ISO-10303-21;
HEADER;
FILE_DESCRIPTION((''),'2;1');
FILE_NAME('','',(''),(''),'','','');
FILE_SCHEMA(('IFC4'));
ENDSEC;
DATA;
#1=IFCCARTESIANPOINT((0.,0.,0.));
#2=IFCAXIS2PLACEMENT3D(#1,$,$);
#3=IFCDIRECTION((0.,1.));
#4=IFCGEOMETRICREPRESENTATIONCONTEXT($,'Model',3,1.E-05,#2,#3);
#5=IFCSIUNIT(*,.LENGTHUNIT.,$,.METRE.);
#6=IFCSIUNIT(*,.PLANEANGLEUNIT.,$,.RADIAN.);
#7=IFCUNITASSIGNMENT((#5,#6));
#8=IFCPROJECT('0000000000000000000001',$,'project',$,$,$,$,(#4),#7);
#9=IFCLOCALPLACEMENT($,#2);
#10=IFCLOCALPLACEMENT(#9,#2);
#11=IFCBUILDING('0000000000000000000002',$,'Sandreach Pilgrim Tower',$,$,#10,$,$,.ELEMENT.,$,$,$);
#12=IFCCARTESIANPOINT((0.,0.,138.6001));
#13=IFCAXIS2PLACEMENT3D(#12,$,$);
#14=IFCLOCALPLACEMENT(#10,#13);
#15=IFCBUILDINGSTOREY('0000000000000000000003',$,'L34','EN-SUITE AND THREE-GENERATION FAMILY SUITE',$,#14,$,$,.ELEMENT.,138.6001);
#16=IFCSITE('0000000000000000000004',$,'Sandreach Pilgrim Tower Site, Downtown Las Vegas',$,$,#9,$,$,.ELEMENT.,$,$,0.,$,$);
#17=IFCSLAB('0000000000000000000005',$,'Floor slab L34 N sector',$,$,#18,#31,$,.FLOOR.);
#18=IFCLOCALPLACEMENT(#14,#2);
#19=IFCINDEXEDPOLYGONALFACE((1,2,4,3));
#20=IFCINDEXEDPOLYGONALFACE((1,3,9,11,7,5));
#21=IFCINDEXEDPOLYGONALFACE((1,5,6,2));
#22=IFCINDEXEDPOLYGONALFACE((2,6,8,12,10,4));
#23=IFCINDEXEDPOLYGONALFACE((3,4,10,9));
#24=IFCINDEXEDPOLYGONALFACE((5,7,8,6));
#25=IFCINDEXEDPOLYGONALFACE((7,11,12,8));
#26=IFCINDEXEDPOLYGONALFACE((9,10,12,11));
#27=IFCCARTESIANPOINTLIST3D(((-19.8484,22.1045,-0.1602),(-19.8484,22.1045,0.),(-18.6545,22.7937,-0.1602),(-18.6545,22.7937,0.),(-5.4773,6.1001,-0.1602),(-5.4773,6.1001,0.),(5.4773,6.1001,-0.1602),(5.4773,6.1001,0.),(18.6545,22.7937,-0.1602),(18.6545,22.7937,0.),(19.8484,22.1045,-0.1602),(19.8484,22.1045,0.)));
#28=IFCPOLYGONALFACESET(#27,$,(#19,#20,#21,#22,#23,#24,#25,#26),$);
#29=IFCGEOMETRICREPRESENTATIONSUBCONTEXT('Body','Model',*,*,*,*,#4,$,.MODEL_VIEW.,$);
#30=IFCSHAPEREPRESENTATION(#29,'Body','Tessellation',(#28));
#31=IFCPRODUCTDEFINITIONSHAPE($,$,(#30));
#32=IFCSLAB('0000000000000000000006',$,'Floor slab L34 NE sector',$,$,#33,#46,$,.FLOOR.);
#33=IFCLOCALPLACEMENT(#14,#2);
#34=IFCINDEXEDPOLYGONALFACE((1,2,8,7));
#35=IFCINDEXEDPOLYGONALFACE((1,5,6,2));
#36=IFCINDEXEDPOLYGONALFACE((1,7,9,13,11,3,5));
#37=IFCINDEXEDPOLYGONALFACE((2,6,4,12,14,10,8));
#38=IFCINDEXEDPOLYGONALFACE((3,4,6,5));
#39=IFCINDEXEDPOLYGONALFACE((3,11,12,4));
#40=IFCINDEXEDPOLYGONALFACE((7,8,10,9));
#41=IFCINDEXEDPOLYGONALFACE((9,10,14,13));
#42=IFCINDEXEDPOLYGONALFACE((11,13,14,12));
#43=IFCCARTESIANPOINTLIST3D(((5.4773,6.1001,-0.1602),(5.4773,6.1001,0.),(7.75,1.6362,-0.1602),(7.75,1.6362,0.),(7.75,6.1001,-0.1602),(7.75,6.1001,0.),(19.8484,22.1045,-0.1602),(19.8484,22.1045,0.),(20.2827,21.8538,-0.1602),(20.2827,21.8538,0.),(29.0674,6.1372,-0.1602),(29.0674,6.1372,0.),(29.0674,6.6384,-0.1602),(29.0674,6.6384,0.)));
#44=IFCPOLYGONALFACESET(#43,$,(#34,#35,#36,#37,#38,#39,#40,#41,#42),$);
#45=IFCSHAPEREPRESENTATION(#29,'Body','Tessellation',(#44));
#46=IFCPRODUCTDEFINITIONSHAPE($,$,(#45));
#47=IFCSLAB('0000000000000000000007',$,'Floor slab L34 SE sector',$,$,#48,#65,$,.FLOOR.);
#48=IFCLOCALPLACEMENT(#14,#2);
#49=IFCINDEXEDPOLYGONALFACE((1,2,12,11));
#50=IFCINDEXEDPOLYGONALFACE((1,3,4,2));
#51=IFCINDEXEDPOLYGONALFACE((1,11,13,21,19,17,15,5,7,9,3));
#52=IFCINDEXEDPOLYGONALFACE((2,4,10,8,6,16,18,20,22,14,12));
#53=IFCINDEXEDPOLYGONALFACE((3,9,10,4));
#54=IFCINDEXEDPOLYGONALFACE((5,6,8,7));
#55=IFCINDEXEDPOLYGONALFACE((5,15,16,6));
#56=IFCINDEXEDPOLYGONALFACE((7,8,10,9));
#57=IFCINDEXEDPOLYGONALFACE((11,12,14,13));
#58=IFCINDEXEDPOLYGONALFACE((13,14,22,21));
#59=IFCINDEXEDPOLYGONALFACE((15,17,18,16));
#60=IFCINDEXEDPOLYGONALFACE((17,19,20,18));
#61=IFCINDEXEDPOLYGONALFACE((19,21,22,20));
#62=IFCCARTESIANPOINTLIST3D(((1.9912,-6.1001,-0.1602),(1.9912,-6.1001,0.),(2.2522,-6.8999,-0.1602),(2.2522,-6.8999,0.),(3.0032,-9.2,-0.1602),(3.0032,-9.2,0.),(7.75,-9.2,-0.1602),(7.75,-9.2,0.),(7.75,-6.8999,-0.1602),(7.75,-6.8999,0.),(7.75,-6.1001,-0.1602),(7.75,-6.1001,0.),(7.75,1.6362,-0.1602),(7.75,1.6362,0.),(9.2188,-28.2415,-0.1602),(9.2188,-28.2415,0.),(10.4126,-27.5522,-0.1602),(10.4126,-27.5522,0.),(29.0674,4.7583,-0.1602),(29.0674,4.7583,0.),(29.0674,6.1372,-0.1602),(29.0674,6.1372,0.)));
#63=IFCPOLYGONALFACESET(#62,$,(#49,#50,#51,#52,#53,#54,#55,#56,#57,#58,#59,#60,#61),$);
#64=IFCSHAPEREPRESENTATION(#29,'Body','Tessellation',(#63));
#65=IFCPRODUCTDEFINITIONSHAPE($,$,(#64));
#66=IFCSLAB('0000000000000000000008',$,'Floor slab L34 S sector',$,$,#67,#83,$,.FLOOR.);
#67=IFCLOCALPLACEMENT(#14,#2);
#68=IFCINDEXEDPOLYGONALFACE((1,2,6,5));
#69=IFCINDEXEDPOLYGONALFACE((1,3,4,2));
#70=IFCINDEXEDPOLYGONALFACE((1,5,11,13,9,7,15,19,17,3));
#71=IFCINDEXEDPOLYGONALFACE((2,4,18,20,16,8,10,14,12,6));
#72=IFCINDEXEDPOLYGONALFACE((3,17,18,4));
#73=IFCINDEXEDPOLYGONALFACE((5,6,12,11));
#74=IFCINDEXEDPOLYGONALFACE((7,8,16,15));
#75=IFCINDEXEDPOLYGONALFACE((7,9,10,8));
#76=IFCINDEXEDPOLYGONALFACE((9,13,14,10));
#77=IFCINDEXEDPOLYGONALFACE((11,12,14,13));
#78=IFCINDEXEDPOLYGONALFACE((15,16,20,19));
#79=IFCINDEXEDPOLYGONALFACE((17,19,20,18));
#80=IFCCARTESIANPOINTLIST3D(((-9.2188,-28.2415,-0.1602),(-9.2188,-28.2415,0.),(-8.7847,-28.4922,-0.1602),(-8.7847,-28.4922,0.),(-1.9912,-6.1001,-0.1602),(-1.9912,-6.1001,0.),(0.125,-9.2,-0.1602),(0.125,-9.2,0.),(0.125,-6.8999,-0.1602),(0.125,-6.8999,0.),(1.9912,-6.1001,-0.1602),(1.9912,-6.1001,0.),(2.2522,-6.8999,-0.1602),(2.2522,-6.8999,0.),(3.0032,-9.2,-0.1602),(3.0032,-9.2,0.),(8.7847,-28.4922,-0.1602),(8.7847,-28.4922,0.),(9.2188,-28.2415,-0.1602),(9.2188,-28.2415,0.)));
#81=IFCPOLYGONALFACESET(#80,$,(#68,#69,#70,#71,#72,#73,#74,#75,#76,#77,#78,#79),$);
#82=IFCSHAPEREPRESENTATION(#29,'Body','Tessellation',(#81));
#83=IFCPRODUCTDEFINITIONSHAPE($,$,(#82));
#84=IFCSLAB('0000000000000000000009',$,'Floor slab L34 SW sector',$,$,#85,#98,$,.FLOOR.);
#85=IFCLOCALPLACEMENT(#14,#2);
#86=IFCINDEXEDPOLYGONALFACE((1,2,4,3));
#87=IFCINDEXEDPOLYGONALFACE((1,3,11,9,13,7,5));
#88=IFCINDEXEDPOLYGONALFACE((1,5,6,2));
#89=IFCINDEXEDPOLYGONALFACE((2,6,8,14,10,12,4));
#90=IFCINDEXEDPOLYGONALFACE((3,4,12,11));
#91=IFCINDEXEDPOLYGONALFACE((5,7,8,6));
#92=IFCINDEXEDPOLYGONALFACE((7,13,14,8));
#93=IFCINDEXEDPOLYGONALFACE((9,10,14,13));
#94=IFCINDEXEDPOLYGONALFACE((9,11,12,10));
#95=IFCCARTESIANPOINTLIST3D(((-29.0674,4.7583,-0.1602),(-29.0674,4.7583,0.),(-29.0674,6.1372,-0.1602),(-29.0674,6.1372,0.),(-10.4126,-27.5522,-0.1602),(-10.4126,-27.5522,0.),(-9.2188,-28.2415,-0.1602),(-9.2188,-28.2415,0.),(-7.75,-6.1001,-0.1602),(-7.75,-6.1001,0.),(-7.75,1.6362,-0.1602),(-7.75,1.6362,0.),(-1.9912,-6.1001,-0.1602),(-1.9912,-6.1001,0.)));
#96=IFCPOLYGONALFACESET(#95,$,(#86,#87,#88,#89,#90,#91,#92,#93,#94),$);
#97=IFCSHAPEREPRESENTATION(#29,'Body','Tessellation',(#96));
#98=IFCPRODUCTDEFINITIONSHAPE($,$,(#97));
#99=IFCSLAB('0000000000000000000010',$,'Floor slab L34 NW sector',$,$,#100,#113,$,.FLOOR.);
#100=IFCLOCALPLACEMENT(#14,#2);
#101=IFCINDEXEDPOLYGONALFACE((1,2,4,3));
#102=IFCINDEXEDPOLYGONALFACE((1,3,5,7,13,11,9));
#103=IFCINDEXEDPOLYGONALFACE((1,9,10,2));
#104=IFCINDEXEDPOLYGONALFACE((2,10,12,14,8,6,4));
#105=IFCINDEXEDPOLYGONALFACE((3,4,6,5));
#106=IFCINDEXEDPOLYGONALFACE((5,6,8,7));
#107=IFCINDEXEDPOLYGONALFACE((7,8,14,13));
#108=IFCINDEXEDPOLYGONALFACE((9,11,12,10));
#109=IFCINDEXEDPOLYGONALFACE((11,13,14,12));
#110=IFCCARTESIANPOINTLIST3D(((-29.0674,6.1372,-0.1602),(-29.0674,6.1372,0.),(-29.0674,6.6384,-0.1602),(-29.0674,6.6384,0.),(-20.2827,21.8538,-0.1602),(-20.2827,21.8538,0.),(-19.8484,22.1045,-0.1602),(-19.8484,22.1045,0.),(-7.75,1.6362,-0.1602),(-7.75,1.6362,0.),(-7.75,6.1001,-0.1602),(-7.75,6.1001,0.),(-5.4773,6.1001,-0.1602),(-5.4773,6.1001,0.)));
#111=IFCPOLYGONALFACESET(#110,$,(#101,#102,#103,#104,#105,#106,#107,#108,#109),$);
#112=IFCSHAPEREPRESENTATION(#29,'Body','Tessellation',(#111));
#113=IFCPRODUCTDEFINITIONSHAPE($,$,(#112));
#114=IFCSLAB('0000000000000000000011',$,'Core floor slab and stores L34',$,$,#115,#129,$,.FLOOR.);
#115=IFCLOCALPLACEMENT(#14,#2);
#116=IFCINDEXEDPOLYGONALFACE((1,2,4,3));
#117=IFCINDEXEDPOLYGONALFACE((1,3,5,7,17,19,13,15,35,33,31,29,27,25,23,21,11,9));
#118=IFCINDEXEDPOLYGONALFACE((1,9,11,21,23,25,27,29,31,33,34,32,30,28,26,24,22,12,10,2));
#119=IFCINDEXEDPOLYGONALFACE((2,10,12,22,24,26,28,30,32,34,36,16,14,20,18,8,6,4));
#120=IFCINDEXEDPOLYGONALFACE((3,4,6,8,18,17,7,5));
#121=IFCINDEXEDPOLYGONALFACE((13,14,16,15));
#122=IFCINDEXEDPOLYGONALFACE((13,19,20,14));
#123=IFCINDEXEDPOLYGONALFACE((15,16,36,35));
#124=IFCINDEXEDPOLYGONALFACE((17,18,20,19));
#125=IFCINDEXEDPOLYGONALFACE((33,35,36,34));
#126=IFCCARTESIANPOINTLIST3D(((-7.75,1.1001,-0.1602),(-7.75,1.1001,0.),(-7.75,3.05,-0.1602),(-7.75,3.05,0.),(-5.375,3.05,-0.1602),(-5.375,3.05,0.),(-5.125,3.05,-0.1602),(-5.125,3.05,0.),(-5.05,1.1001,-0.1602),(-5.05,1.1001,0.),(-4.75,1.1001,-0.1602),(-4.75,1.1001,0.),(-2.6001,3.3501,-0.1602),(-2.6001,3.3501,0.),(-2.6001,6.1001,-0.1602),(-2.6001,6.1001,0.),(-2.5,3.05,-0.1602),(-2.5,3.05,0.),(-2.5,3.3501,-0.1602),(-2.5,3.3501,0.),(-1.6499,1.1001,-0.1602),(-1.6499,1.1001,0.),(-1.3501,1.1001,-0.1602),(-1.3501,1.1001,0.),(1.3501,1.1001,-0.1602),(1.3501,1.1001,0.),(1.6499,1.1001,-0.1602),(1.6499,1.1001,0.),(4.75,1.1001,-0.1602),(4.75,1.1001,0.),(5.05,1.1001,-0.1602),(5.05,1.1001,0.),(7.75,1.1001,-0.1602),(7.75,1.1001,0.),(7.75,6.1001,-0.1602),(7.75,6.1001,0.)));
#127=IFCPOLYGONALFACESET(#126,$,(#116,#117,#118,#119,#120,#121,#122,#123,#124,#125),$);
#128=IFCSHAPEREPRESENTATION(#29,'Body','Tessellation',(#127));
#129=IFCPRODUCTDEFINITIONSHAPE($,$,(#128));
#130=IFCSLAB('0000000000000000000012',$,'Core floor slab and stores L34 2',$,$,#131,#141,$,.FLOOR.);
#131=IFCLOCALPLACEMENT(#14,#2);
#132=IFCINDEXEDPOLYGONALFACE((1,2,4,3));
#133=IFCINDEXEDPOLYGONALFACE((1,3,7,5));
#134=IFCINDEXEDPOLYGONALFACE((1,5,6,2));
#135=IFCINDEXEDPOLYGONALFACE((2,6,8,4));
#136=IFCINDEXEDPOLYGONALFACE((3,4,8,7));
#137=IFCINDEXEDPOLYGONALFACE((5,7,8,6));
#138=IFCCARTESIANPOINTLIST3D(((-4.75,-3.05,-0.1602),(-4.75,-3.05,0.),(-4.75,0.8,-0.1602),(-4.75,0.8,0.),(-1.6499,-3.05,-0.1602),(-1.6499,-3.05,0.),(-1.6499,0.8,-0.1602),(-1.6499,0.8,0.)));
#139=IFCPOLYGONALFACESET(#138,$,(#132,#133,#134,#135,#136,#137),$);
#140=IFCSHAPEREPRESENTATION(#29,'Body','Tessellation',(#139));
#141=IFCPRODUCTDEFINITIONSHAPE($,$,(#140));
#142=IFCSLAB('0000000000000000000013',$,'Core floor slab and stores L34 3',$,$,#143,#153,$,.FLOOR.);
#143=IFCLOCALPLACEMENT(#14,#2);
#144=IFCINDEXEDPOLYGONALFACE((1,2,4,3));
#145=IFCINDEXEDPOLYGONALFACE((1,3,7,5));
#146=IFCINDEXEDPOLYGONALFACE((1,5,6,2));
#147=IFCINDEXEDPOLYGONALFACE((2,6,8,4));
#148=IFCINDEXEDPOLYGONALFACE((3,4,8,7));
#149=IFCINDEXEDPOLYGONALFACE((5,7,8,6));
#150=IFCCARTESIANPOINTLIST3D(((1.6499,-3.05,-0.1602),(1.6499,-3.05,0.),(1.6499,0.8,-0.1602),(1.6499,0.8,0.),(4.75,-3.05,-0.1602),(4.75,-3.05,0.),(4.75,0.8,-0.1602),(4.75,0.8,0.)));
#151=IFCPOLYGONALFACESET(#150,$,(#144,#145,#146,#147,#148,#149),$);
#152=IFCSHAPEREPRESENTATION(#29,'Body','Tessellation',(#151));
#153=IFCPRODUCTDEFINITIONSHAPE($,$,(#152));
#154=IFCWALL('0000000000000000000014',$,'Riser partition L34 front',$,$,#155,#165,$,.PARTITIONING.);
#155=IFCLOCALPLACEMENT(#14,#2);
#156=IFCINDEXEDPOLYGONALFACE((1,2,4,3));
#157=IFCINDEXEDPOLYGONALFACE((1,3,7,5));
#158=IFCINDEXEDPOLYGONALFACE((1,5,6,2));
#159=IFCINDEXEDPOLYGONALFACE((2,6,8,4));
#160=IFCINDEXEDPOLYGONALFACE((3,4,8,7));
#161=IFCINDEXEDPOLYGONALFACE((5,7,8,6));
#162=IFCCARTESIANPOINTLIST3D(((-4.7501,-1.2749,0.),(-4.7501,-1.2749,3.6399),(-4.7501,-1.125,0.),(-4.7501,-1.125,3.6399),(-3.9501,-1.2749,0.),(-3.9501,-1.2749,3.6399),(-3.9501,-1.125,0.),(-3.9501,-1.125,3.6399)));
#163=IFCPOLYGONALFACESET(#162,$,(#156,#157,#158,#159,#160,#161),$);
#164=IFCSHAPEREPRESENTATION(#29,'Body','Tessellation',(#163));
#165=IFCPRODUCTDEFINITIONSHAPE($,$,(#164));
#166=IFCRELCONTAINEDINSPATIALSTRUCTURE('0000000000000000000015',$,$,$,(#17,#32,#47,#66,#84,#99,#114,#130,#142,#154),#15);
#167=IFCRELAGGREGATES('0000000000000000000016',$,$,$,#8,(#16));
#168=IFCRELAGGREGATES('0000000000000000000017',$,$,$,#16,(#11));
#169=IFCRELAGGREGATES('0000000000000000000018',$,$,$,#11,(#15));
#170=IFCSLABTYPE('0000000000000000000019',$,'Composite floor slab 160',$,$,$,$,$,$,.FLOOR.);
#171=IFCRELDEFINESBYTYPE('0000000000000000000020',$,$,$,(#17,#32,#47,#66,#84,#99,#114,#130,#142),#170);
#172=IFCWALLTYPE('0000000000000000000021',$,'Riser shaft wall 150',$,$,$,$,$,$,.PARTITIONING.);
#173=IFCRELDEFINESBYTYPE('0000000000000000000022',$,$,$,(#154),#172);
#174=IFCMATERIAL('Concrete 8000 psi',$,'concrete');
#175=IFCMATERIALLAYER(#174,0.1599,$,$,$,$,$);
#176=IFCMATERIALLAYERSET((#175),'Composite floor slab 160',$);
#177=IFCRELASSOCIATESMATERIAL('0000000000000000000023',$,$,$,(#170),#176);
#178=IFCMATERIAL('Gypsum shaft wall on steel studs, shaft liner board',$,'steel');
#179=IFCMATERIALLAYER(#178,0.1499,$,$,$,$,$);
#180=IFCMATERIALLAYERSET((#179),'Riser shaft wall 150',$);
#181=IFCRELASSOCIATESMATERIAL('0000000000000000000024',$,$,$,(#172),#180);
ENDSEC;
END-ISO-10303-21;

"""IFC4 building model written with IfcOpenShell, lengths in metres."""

from ifc_helpers import new_model, si_unit, direction, frame, frame_2d, origin, place, context, subcontext, project, spatial, polyline, rectangle, outline, extrude, material, layer, layer_set, type_object, element, save


model = new_model("IFC4")

# Units and contexts
model_context = context("Model", 3, precision=1e-05, world=origin(), true_north=direction((0.0, 1.0)))
body_context = subcontext(model_context, "Body", "Model", "MODEL_VIEW")
ifc_project = project(units=[si_unit("LENGTHUNIT", "METRE"), si_unit("PLANEANGLEUNIT", "RADIAN")], contexts=[model_context])

# Site, building, storey
site_placement = place(None, origin())
site = spatial("IfcSite", under=ifc_project, at=site_placement, Name="Sandreach Pilgrim Tower Site, Downtown Las Vegas", CompositionType="ELEMENT", RefElevation=0.0)
building_placement = place(site_placement, origin())
building = spatial("IfcBuilding", under=site, at=building_placement, Name="Sandreach Pilgrim Tower", CompositionType="ELEMENT")
storey_placement = place(building_placement, frame((0.0, 0.0, 138.6001)))
storey = spatial("IfcBuildingStorey", under=building, at=storey_placement, Name="L34", Description="EN-SUITE AND THREE-GENERATION FAMILY SUITE", CompositionType="ELEMENT", Elevation=138.6001)

# Slabs
ifc_material_1 = material(Name="Concrete 8000 psi", Category="concrete")
ifc_layer_1 = layer(ifc_material_1, 0.1599)
ifc_layer_set_1 = layer_set([ifc_layer_1], Name="Composite floor slab 160")
slab_type = type_object("IfcSlabType", Name="Composite floor slab 160", PredefinedType="FLOOR", material=ifc_layer_set_1)
slab_1_placement = place(storey_placement, frame((0.0, 0.0, -0.1602)))
element("IfcSlab", 1, at=slab_1_placement, inside=storey, type_object=slab_type, Name="Floor slab L34 N sector", PredefinedType="FLOOR", context=body_context, shape_type="SweptSolid", body=[
    extrude(outline(polyline([(-18.6545, 22.7937), (18.6545, 22.7937), (19.8484, 22.1045), (5.4773, 6.1001), (-5.4773, 6.1001), (-19.8484, 22.1045), (-18.6545, 22.7937)])), origin(), (0.0, 0.0, 1.0), 0.1602),
])
slab_2_placement = place(storey_placement, frame((0.0, 0.0, -0.1602)))
element("IfcSlab", 2, at=slab_2_placement, inside=storey, type_object=slab_type, Name="Floor slab L34 NE sector", PredefinedType="FLOOR", context=body_context, shape_type="SweptSolid", body=[
    extrude(outline(polyline([(20.2827, 21.8538), (29.0674, 6.6384), (29.0674, 6.1372), (7.75, 1.6362), (7.75, 6.1001), (5.4773, 6.1001), (19.8484, 22.1045), (20.2827, 21.8538)])), origin(), (0.0, 0.0, 1.0), 0.1602),
])
slab_3_placement = place(storey_placement, frame((0.0, 0.0, -0.1602)))
element("IfcSlab", 3, at=slab_3_placement, inside=storey, type_object=slab_type, Name="Floor slab L34 SE sector", PredefinedType="FLOOR", context=body_context, shape_type="SweptSolid", body=[
    extrude(outline(polyline([(29.0674, 4.7583), (10.4126, -27.5522), (9.2188, -28.2415), (3.0032, -9.2), (7.75, -9.2), (7.75, -6.8999), (2.2522, -6.8999), (1.9912, -6.1001), (7.75, -6.1001), (7.75, 1.6362), (29.0674, 6.1372), (29.0674, 4.7583)])), origin(), (0.0, 0.0, 1.0), 0.1602),
])
slab_4_placement = place(storey_placement, frame((0.0, 0.0, -0.1602)))
element("IfcSlab", 4, at=slab_4_placement, inside=storey, type_object=slab_type, Name="Floor slab L34 S sector", PredefinedType="FLOOR", context=body_context, shape_type="SweptSolid", body=[
    extrude(outline(polyline([(8.7847, -28.4922), (-8.7847, -28.4922), (-9.2188, -28.2415), (-1.9912, -6.1001), (1.9912, -6.1001), (2.2522, -6.8999), (0.125, -6.8999), (0.125, -9.2), (3.0032, -9.2), (9.2188, -28.2415), (8.7847, -28.4922)])), origin(), (0.0, 0.0, 1.0), 0.1602),
])
slab_5_placement = place(storey_placement, frame((0.0, 0.0, -0.1602)))
element("IfcSlab", 5, at=slab_5_placement, inside=storey, type_object=slab_type, Name="Floor slab L34 SW sector", PredefinedType="FLOOR", context=body_context, shape_type="SweptSolid", body=[
    extrude(outline(polyline([(-10.4126, -27.5522), (-29.0674, 4.7583), (-29.0674, 6.1372), (-7.75, 1.6362), (-7.75, -6.1001), (-1.9912, -6.1001), (-9.2188, -28.2415), (-10.4126, -27.5522)])), origin(), (0.0, 0.0, 1.0), 0.1602),
])
slab_6_placement = place(storey_placement, frame((0.0, 0.0, -0.1602)))
element("IfcSlab", 6, at=slab_6_placement, inside=storey, type_object=slab_type, Name="Floor slab L34 NW sector", PredefinedType="FLOOR", context=body_context, shape_type="SweptSolid", body=[
    extrude(outline(polyline([(-29.0674, 6.6384), (-20.2827, 21.8538), (-19.8484, 22.1045), (-5.4773, 6.1001), (-7.75, 6.1001), (-7.75, 1.6362), (-29.0674, 6.1372), (-29.0674, 6.6384)])), origin(), (0.0, 0.0, 1.0), 0.1602),
])
slab_7_placement = place(storey_placement, frame((0.0, 0.0, -0.1602)))
element("IfcSlab", 7, at=slab_7_placement, inside=storey, type_object=slab_type, Name="Core floor slab and stores L34", PredefinedType="FLOOR", context=body_context, shape_type="SweptSolid", body=[
    extrude(outline(polyline([(-7.75, 3.05), (-5.375, 3.05), (-5.125, 3.05), (-2.5, 3.05), (-2.5, 3.3501), (-2.6001, 3.3501), (-2.6001, 6.1001), (7.75, 6.1001), (7.75, 1.1001), (5.05, 1.1001), (4.75, 1.1001), (1.6499, 1.1001), (1.3501, 1.1001), (-1.3501, 1.1001), (-1.6499, 1.1001), (-4.75, 1.1001), (-5.05, 1.1001), (-7.75, 1.1001), (-7.75, 3.05)])), origin(), (0.0, 0.0, 1.0), 0.1602),
])
slab_8_placement = place(storey_placement, frame((0.0, 0.0, -0.1602)))
element("IfcSlab", 8, at=slab_8_placement, inside=storey, type_object=slab_type, Name="Core floor slab and stores L34 2", PredefinedType="FLOOR", context=body_context, shape_type="SweptSolid", body=[
    extrude(outline(polyline([(-1.6499, -3.05), (-4.75, -3.05), (-4.75, 0.8), (-1.6499, 0.8), (-1.6499, -3.05)])), origin(), (0.0, 0.0, 1.0), 0.1602),
])
slab_9_placement = place(storey_placement, frame((0.0, 0.0, -0.1602)))
element("IfcSlab", 9, at=slab_9_placement, inside=storey, type_object=slab_type, Name="Core floor slab and stores L34 3", PredefinedType="FLOOR", context=body_context, shape_type="SweptSolid", body=[
    extrude(outline(polyline([(4.75, -3.05), (1.6499, -3.05), (1.6499, 0.8), (4.75, 0.8), (4.75, -3.05)])), origin(), (0.0, 0.0, 1.0), 0.1602),
])

# Wall
ifc_material_2 = material(Name="Gypsum shaft wall on steel studs, shaft liner board", Category="steel")
ifc_layer_2 = layer(ifc_material_2, 0.1499)
ifc_layer_set_2 = layer_set([ifc_layer_2], Name="Riser shaft wall 150")
wall_type = type_object("IfcWallType", Name="Riser shaft wall 150", PredefinedType="PARTITIONING", material=ifc_layer_set_2)
wall_placement = place(storey_placement, frame((-4.75, -1.2, 0.0), z_axis=(0.0, 0.0, 1.0), x_axis=(1.0, 0.0, 0.0)))
element("IfcWall", 10, at=wall_placement, inside=storey, type_object=wall_type, Name="Riser partition L34 front", PredefinedType="PARTITIONING", context=body_context, shape_type="SweptSolid", body=[
    extrude(rectangle(XDim=0.8, YDim=0.1499, at=frame_2d((0.3999, 0.0))), origin(), (0.0, 0.0, 1.0), 3.6399),
])

save(model, "model.ifc")
